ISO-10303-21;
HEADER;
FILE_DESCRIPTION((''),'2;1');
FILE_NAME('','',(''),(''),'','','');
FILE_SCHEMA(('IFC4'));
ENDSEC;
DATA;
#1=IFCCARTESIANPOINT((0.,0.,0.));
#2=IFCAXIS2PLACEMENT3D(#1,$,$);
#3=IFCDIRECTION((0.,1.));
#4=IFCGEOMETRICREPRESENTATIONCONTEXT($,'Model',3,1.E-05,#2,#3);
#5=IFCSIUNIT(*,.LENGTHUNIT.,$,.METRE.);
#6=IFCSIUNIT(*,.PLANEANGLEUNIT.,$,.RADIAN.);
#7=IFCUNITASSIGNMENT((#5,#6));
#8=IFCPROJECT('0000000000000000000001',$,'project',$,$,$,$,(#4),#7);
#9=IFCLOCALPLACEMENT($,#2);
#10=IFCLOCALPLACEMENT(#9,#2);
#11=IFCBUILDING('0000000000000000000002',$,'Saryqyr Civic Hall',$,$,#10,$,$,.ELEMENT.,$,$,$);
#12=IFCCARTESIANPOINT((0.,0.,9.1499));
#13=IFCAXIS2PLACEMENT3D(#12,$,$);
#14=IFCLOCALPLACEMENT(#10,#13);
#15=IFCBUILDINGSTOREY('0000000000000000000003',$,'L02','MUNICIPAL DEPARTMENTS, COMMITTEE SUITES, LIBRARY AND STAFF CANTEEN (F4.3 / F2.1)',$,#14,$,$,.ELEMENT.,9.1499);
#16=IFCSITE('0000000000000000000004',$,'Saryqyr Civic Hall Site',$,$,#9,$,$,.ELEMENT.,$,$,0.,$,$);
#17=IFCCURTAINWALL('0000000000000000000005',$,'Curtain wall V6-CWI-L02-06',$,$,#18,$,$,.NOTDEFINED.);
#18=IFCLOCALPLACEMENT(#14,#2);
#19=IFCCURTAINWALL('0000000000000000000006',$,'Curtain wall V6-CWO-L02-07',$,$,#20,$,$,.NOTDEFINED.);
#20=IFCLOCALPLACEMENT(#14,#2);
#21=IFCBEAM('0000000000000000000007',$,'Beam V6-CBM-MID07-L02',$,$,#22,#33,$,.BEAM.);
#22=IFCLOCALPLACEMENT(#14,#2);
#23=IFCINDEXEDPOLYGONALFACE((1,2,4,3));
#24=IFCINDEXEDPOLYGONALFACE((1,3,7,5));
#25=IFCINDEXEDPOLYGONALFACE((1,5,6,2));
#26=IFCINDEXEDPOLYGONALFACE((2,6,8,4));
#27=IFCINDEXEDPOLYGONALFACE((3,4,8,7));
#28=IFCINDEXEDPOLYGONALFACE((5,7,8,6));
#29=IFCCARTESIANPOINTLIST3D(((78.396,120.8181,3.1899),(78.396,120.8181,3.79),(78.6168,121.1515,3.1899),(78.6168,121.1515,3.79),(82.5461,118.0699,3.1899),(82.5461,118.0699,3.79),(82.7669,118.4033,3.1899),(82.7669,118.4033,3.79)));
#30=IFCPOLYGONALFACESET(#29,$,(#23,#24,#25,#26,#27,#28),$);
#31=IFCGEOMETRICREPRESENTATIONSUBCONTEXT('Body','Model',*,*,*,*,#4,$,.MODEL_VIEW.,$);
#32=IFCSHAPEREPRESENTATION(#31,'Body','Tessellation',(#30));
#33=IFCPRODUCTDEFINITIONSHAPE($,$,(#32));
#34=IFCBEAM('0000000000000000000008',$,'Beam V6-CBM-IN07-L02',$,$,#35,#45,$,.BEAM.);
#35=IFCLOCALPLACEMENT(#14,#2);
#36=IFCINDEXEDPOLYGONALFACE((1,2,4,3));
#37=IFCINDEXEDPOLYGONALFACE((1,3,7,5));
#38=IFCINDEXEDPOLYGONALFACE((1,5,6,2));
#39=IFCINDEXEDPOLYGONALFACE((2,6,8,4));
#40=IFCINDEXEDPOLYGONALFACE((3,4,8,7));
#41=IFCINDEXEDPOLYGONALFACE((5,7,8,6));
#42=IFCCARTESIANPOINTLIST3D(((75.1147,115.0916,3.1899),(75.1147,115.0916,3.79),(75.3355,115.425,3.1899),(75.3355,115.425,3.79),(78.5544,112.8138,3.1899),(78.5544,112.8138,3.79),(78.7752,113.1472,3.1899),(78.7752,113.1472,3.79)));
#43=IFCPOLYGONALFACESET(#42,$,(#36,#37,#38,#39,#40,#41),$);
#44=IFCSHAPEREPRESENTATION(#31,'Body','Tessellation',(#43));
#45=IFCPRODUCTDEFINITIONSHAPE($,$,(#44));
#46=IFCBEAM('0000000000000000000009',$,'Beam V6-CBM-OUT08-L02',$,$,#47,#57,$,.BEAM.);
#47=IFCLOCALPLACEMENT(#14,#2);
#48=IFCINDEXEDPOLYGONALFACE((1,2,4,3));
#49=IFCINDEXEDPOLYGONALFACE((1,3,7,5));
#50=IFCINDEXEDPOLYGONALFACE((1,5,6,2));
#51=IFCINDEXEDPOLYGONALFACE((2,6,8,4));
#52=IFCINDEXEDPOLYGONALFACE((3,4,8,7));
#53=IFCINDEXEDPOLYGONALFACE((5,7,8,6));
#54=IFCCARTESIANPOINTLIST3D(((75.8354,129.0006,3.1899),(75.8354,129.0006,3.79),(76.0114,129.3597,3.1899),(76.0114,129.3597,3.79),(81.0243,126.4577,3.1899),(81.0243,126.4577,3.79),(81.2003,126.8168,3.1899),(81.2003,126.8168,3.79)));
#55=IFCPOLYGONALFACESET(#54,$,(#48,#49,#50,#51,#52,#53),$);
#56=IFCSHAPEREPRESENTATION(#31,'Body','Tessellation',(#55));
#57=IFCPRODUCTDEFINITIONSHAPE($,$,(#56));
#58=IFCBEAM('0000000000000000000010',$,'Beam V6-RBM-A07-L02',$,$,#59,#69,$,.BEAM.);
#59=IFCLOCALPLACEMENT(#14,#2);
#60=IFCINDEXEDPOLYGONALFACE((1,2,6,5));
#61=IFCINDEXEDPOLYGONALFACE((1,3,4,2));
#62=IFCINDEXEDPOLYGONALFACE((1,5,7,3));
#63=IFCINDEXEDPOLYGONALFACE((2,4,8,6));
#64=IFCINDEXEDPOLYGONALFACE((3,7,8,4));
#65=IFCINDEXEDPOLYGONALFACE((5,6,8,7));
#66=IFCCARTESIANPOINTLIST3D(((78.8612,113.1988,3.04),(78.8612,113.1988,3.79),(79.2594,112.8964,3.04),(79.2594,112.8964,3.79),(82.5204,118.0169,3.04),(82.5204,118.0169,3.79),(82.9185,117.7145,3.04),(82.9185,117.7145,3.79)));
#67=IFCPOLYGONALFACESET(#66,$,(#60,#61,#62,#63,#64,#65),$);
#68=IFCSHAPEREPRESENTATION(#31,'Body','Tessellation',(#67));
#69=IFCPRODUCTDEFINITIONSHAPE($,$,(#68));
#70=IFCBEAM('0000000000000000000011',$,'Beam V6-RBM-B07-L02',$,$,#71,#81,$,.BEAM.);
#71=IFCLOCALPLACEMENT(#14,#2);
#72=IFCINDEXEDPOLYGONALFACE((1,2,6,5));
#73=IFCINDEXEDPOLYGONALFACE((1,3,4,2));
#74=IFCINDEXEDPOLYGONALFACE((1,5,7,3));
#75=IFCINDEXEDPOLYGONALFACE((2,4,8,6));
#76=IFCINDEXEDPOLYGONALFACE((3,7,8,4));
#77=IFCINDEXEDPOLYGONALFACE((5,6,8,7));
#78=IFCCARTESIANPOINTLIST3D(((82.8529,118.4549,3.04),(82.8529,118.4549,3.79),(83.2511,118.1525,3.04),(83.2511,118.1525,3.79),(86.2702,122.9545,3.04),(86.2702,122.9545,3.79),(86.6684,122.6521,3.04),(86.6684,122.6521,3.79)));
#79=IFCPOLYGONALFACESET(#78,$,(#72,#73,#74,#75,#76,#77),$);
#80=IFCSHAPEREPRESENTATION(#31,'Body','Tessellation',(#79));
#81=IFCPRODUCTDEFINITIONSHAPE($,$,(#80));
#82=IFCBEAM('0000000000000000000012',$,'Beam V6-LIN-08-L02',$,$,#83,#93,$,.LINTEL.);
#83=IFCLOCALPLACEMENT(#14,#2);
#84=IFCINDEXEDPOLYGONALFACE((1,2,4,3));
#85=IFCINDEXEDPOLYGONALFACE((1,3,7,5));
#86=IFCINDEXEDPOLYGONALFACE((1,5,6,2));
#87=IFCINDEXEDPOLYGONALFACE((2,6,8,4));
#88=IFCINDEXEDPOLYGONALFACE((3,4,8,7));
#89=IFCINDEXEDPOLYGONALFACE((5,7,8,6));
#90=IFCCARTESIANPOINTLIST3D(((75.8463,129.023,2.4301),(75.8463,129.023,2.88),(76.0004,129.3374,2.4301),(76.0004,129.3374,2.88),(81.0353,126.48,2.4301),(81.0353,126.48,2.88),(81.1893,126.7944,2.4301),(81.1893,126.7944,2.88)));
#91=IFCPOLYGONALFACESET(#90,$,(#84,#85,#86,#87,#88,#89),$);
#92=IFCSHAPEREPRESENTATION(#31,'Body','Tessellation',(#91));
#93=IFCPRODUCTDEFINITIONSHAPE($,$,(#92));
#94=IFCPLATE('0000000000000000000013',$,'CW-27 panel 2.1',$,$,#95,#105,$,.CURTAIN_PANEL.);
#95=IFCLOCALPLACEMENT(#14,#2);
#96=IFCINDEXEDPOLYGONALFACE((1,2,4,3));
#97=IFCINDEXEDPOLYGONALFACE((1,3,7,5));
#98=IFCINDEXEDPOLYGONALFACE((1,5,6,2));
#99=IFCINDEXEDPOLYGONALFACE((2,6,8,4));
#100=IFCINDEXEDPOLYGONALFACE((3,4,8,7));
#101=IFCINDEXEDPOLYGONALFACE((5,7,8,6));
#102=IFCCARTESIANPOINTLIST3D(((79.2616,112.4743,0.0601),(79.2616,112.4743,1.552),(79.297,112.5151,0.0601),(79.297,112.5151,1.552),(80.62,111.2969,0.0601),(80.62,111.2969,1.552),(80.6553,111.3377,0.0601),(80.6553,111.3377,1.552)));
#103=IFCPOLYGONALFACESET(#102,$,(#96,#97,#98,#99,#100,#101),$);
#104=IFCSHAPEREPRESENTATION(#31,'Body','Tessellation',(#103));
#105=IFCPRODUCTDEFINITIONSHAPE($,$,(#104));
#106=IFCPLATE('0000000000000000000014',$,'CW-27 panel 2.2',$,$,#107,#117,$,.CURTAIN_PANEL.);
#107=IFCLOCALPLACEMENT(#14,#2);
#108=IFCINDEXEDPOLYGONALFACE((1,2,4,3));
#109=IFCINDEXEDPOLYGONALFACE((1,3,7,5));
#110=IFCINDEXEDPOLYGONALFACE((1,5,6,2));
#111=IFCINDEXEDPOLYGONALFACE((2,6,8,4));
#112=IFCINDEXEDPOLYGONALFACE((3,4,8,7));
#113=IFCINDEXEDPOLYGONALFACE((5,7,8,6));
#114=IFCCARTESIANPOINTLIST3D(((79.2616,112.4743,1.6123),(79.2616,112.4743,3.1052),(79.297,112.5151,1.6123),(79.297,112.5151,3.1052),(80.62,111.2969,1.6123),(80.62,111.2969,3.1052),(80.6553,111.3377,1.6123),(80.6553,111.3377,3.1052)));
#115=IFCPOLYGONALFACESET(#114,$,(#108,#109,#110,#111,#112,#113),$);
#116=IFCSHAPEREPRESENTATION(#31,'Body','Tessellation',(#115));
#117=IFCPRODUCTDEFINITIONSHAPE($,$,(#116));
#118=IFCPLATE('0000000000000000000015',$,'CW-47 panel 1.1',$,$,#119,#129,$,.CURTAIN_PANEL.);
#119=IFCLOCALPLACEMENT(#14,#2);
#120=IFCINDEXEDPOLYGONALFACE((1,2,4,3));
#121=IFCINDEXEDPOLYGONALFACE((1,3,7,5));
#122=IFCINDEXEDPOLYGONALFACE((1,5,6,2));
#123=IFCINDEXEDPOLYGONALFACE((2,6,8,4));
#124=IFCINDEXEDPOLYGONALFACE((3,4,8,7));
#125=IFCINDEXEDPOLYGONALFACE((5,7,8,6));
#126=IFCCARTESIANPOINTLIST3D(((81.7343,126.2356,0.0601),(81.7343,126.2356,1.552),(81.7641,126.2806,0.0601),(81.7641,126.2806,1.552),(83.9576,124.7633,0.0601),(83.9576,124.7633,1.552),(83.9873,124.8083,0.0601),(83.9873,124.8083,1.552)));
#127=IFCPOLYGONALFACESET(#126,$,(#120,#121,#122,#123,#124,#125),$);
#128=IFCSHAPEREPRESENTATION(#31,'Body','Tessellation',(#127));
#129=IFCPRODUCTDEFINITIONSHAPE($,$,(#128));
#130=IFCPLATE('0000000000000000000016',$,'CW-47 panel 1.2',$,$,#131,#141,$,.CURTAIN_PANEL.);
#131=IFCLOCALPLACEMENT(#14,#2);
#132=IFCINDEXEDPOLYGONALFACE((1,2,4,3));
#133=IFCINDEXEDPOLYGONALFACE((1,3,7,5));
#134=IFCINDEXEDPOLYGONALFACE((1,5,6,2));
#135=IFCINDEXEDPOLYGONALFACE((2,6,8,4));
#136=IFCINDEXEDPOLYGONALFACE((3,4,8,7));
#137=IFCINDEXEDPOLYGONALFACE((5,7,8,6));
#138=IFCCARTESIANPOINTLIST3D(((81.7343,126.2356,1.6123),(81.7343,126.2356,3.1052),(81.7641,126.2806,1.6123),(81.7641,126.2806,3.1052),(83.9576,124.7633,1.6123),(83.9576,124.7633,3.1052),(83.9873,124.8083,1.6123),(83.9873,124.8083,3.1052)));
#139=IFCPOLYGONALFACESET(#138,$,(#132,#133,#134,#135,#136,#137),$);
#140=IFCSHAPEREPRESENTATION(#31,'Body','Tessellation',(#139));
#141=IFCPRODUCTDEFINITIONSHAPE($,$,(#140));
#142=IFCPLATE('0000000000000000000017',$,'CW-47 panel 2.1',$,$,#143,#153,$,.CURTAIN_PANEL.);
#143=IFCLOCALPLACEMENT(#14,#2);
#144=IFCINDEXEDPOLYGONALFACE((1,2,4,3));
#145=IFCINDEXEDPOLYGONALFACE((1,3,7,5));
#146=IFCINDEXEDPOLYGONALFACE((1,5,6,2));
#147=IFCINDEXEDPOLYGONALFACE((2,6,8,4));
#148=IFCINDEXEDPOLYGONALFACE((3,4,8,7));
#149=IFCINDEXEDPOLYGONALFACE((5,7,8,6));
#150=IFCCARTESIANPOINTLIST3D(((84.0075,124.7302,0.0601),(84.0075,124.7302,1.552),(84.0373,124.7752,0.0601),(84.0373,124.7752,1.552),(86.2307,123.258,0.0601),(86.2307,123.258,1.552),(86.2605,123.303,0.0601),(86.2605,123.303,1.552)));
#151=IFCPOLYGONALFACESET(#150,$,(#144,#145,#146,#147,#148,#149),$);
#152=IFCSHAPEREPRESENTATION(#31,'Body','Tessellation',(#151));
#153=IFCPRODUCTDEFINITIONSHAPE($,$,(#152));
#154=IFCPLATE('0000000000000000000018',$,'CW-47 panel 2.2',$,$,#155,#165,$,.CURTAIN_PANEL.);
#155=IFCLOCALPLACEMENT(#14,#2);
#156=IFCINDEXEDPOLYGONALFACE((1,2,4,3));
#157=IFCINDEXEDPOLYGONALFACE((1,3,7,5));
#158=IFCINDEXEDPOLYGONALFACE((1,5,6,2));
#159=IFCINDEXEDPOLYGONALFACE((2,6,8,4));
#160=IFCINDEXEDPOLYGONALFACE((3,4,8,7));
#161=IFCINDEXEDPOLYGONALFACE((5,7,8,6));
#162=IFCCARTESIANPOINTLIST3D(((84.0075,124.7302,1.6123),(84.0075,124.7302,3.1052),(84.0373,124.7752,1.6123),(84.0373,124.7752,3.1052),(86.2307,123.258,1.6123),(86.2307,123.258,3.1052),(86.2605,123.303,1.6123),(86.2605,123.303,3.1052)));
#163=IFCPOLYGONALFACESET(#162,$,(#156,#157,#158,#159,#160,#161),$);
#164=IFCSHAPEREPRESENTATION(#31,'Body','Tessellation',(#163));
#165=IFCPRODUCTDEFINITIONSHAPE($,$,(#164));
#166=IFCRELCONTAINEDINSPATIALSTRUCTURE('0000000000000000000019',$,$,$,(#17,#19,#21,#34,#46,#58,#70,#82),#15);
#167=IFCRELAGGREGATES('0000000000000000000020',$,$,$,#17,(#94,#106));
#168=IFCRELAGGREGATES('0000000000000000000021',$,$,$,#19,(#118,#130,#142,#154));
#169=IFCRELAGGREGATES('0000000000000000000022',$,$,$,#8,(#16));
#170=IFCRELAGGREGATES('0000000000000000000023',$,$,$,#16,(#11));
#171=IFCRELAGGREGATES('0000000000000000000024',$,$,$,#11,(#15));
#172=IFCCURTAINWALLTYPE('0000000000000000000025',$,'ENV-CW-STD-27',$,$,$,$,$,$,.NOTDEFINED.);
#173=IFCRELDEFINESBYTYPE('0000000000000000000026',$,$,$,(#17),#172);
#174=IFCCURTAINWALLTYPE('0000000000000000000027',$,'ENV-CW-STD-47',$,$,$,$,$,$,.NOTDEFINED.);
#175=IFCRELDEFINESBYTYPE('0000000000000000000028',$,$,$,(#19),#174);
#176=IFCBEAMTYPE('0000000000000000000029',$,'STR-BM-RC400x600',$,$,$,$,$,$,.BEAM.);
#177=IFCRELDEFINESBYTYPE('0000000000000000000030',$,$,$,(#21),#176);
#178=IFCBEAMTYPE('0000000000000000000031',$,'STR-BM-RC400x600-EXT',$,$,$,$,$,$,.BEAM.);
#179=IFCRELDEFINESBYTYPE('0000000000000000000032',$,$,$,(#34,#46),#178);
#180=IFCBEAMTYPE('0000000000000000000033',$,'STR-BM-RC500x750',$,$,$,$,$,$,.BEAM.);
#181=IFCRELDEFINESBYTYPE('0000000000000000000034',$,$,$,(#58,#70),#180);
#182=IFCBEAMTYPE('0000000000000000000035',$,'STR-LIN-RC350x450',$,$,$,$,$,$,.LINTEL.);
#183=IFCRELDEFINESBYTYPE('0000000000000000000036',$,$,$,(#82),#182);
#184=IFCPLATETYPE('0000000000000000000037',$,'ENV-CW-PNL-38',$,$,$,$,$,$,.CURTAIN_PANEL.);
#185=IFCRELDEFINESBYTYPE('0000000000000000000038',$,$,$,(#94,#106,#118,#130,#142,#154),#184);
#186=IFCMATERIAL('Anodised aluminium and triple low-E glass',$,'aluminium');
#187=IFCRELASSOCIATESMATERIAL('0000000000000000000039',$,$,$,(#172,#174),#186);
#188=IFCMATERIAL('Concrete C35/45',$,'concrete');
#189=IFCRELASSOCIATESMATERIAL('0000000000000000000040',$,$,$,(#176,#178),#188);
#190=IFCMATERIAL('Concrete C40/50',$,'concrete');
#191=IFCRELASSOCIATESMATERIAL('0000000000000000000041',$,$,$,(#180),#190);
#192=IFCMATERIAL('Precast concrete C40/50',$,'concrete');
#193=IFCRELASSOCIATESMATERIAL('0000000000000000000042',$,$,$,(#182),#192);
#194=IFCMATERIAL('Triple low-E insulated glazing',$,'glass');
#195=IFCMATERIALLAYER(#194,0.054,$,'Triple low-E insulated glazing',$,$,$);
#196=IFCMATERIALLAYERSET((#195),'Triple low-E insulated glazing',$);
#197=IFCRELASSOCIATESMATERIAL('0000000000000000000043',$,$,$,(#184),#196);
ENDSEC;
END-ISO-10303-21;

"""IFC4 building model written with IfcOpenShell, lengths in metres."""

from ifc_helpers import new_model, si_unit, direction, frame, origin, origin_2d, place, context, subcontext, project, spatial, rectangle, extrude, material, layer, layer_set, material_profile, profile_set, type_object, element, aggregate, save


model = new_model("IFC4")

# Units and contexts
model_context = context("Model", 3, precision=1e-05, world=origin(), true_north=direction((0.0, 1.0)))
body_context = subcontext(model_context, "Body", "Model", "MODEL_VIEW")
ifc_project = project(units=[si_unit("LENGTHUNIT", "METRE"), si_unit("PLANEANGLEUNIT", "RADIAN")], contexts=[model_context])

# Site, building, storey
site_placement = place(None, origin())
site = spatial("IfcSite", under=ifc_project, at=site_placement, Name="Saryqyr Civic Hall Site", CompositionType="ELEMENT", RefElevation=0.0)
building_placement = place(site_placement, origin())
building = spatial("IfcBuilding", under=site, at=building_placement, Name="Saryqyr Civic Hall", CompositionType="ELEMENT")
storey_placement = place(building_placement, frame((0.0, 0.0, 9.1499)))
storey = spatial("IfcBuildingStorey", under=building, at=storey_placement, Name="L02", Description="MUNICIPAL DEPARTMENTS, COMMITTEE SUITES, LIBRARY AND STAFF CANTEEN (F4.3 / F2.1)", CompositionType="ELEMENT", Elevation=9.1499)

# Shared definitions
ifc_material_1 = material(Name="Concrete C40/50", Category="concrete")

# Curtain wall
ifc_material_2 = material(Name="Anodised aluminium and triple low-E glass", Category="aluminium")
curtain_wall_type_1 = type_object("IfcCurtainWallType", Name="ENV-CW-STD-27", PredefinedType="NOTDEFINED", material=ifc_material_2)
curtain_wall_1_placement = place(storey_placement, origin())
curtain_wall_1 = element("IfcCurtainWall", 1, at=curtain_wall_1_placement, inside=storey, type_object=curtain_wall_type_1, Name="Curtain wall V6-CWI-L02-06", PredefinedType="NOTDEFINED")

# Curtain wall
curtain_wall_type_2 = type_object("IfcCurtainWallType", Name="ENV-CW-STD-47", PredefinedType="NOTDEFINED", material=ifc_material_2)
curtain_wall_2_placement = place(storey_placement, origin())
curtain_wall_2 = element("IfcCurtainWall", 2, at=curtain_wall_2_placement, inside=storey, type_object=curtain_wall_type_2, Name="Curtain wall V6-CWO-L02-07", PredefinedType="NOTDEFINED")

# Beams
ifc_material_3 = material(Name="Concrete C35/45", Category="concrete")
ifc_material_profile_1 = material_profile(ifc_material_3, rectangle(XDim=0.3999, YDim=0.6001, at=origin_2d()), Name="RC 400x600")
ifc_profile_set_1 = profile_set([ifc_material_profile_1], Name="Concrete C35/45")
beam_type_1 = type_object("IfcBeamType", Name="STR-BM-RC400x600", PredefinedType="BEAM", material=ifc_profile_set_1)
beam_1_placement = place(storey_placement, frame((82.6565, 118.2366, 3.49), z_axis=(-0.833759, 0.552128, 0.0), x_axis=(-0.552128, -0.833759, 0.0)))
element("IfcBeam", 3, at=beam_1_placement, inside=storey, type_object=beam_type_1, Name="Beam V6-CBM-MID07-L02", PredefinedType="BEAM", context=body_context, shape_type="SweptSolid", body=[
    extrude(rectangle(XDim=0.3999, YDim=0.6001, at=origin_2d()), origin(), (0.0, 0.0, 1.0), 4.9775),
])
ifc_material_profile_2 = material_profile(ifc_material_3, rectangle(XDim=0.3999, YDim=0.6001, at=origin_2d()), Name="RC 400x600")
ifc_profile_set_2 = profile_set([ifc_material_profile_2], Name="Concrete C35/45")
beam_type_2 = type_object("IfcBeamType", Name="STR-BM-RC400x600-EXT", PredefinedType="BEAM", material=ifc_profile_set_2)
beam_2_placement = place(storey_placement, frame((78.6648, 112.9805, 3.49), z_axis=(-0.833758, 0.55213, 0.0), x_axis=(-0.55213, -0.833758, 0.0)))
element("IfcBeam", 4, at=beam_2_placement, inside=storey, type_object=beam_type_2, Name="Beam V6-CBM-IN07-L02", PredefinedType="BEAM", context=body_context, shape_type="SweptSolid", body=[
    extrude(rectangle(XDim=0.3999, YDim=0.6001, at=origin_2d()), origin(), (0.0, 0.0, 1.0), 4.1255),
])
beam_3_placement = place(storey_placement, frame((81.1123, 126.6372, 3.49), z_axis=(-0.897965, 0.440068, 0.0), x_axis=(-0.440068, -0.897965, 0.0)))
element("IfcBeam", 5, at=beam_3_placement, inside=storey, type_object=beam_type_2, Name="Beam V6-CBM-OUT08-L02", PredefinedType="BEAM", context=body_context, shape_type="SweptSolid", body=[
    extrude(rectangle(XDim=0.3999, YDim=0.6001, at=origin_2d()), origin(), (0.0, 0.0, 1.0), 5.7786),
])
ifc_material_profile_3 = material_profile(ifc_material_1, rectangle(XDim=0.5, YDim=0.75, at=origin_2d()), Name="RC 500x750")
ifc_profile_set_3 = profile_set([ifc_material_profile_3], Name="Concrete C40/50")
beam_type_3 = type_object("IfcBeamType", Name="STR-BM-RC500x750", PredefinedType="BEAM", material=ifc_profile_set_3)
beam_4_placement = place(storey_placement, frame((79.0603, 113.0476, 3.415), z_axis=(0.604812, 0.796368, 0.0), x_axis=(-0.796368, 0.604812, 0.0)))
element("IfcBeam", 6, at=beam_4_placement, inside=storey, type_object=beam_type_3, Name="Beam V6-RBM-A07-L02", PredefinedType="BEAM", context=body_context, shape_type="SweptSolid", body=[
    extrude(rectangle(XDim=0.5, YDim=0.75, at=origin_2d()), origin(), (0.0, 0.0, 1.0), 6.05),
])
beam_5_placement = place(storey_placement, frame((83.052, 118.3037, 3.415), z_axis=(0.604815, 0.796366, 0.0), x_axis=(-0.796366, 0.604815, 0.0)))
element("IfcBeam", 7, at=beam_5_placement, inside=storey, type_object=beam_type_3, Name="Beam V6-RBM-B07-L02", PredefinedType="BEAM", context=body_context, shape_type="SweptSolid", body=[
    extrude(rectangle(XDim=0.5, YDim=0.75, at=origin_2d()), origin(), (0.0, 0.0, 1.0), 5.6501),
])
ifc_material_4 = material(Name="Precast concrete C40/50", Category="concrete")
ifc_material_profile_4 = material_profile(ifc_material_4, rectangle(XDim=0.3501, YDim=0.45, at=origin_2d()), Name="RC 350x450")
ifc_profile_set_4 = profile_set([ifc_material_profile_4], Name="Precast concrete C40/50")
beam_type_4 = type_object("IfcBeamType", Name="STR-LIN-RC350x450", PredefinedType="LINTEL", material=ifc_profile_set_4)
beam_6_placement = place(storey_placement, frame((81.1123, 126.6372, 2.655), z_axis=(-0.897965, 0.440068, 0.0), x_axis=(-0.440068, -0.897965, 0.0)))
element("IfcBeam", 8, at=beam_6_placement, inside=storey, type_object=beam_type_4, Name="Beam V6-LIN-08-L02", PredefinedType="LINTEL", context=body_context, shape_type="SweptSolid", body=[
    extrude(rectangle(XDim=0.3501, YDim=0.45, at=origin_2d()), origin(), (0.0, 0.0, 1.0), 5.7786),
])

# Plates
ifc_material_5 = material(Name="Triple low-E insulated glazing", Category="glass")
ifc_layer_1 = layer(ifc_material_5, 0.054, Name="Triple low-E insulated glazing")
ifc_layer_set_1 = layer_set([ifc_layer_1], Name="Triple low-E insulated glazing")
plate_type = type_object("IfcPlateType", Name="ENV-CW-PNL-38", PredefinedType="CURTAIN_PANEL", material=ifc_layer_set_1)
plate_1_placement = place(storey_placement, frame((79.9585, 111.906, 0.0601), z_axis=(0.0, 0.0, 1.0), x_axis=(-0.755652, 0.654974, 0.0)))
plate_1 = element("IfcPlate", 9, at=plate_1_placement, type_object=plate_type, Name="CW-27 panel 2.1", PredefinedType="CURTAIN_PANEL", context=body_context, shape_type="SweptSolid", body=[
    extrude(rectangle(XDim=1.7976, YDim=0.054, at=origin_2d()), origin(), (0.0, 0.0, 1.0), 1.4919),
])
plate_2_placement = place(storey_placement, frame((79.9585, 111.906, 1.6123), z_axis=(0.0, 0.0, 1.0), x_axis=(-0.755652, 0.654974, 0.0)))
plate_2 = element("IfcPlate", 10, at=plate_2_placement, type_object=plate_type, Name="CW-27 panel 2.2", PredefinedType="CURTAIN_PANEL", context=body_context, shape_type="SweptSolid", body=[
    extrude(rectangle(XDim=1.7976, YDim=0.054, at=origin_2d()), origin(), (0.0, 0.0, 1.0), 1.4929),
])
aggregate(curtain_wall_1, [plate_1, plate_2])
plate_3_placement = place(storey_placement, frame((82.8608, 125.522, 0.0601), z_axis=(0.0, 0.0, 1.0), x_axis=(0.833757, -0.552132, 0.0)))
plate_3 = element("IfcPlate", 11, at=plate_3_placement, type_object=plate_type, Name="CW-47 panel 1.1", PredefinedType="CURTAIN_PANEL", context=body_context, shape_type="SweptSolid", body=[
    extrude(rectangle(XDim=2.6665, YDim=0.054, at=origin_2d()), origin(), (0.0, 0.0, 1.0), 1.4919),
])
plate_4_placement = place(storey_placement, frame((82.8608, 125.522, 1.6123), z_axis=(0.0, 0.0, 1.0), x_axis=(0.833757, -0.552132, 0.0)))
plate_4 = element("IfcPlate", 12, at=plate_4_placement, type_object=plate_type, Name="CW-47 panel 1.2", PredefinedType="CURTAIN_PANEL", context=body_context, shape_type="SweptSolid", body=[
    extrude(rectangle(XDim=2.6665, YDim=0.054, at=origin_2d()), origin(), (0.0, 0.0, 1.0), 1.4929),
])
plate_5_placement = place(storey_placement, frame((85.134, 124.0166, 0.0601), z_axis=(0.0, 0.0, 1.0), x_axis=(0.833757, -0.552132, 0.0)))
plate_5 = element("IfcPlate", 13, at=plate_5_placement, type_object=plate_type, Name="CW-47 panel 2.1", PredefinedType="CURTAIN_PANEL", context=body_context, shape_type="SweptSolid", body=[
    extrude(rectangle(XDim=2.6665, YDim=0.054, at=origin_2d()), origin(), (0.0, 0.0, 1.0), 1.4919),
])
plate_6_placement = place(storey_placement, frame((85.134, 124.0166, 1.6123), z_axis=(0.0, 0.0, 1.0), x_axis=(0.833757, -0.552132, 0.0)))
plate_6 = element("IfcPlate", 14, at=plate_6_placement, type_object=plate_type, Name="CW-47 panel 2.2", PredefinedType="CURTAIN_PANEL", context=body_context, shape_type="SweptSolid", body=[
    extrude(rectangle(XDim=2.6665, YDim=0.054, at=origin_2d()), origin(), (0.0, 0.0, 1.0), 1.4929),
])
aggregate(curtain_wall_2, [plate_3, plate_4, plate_5, plate_6])

save(model, "model.ifc")
